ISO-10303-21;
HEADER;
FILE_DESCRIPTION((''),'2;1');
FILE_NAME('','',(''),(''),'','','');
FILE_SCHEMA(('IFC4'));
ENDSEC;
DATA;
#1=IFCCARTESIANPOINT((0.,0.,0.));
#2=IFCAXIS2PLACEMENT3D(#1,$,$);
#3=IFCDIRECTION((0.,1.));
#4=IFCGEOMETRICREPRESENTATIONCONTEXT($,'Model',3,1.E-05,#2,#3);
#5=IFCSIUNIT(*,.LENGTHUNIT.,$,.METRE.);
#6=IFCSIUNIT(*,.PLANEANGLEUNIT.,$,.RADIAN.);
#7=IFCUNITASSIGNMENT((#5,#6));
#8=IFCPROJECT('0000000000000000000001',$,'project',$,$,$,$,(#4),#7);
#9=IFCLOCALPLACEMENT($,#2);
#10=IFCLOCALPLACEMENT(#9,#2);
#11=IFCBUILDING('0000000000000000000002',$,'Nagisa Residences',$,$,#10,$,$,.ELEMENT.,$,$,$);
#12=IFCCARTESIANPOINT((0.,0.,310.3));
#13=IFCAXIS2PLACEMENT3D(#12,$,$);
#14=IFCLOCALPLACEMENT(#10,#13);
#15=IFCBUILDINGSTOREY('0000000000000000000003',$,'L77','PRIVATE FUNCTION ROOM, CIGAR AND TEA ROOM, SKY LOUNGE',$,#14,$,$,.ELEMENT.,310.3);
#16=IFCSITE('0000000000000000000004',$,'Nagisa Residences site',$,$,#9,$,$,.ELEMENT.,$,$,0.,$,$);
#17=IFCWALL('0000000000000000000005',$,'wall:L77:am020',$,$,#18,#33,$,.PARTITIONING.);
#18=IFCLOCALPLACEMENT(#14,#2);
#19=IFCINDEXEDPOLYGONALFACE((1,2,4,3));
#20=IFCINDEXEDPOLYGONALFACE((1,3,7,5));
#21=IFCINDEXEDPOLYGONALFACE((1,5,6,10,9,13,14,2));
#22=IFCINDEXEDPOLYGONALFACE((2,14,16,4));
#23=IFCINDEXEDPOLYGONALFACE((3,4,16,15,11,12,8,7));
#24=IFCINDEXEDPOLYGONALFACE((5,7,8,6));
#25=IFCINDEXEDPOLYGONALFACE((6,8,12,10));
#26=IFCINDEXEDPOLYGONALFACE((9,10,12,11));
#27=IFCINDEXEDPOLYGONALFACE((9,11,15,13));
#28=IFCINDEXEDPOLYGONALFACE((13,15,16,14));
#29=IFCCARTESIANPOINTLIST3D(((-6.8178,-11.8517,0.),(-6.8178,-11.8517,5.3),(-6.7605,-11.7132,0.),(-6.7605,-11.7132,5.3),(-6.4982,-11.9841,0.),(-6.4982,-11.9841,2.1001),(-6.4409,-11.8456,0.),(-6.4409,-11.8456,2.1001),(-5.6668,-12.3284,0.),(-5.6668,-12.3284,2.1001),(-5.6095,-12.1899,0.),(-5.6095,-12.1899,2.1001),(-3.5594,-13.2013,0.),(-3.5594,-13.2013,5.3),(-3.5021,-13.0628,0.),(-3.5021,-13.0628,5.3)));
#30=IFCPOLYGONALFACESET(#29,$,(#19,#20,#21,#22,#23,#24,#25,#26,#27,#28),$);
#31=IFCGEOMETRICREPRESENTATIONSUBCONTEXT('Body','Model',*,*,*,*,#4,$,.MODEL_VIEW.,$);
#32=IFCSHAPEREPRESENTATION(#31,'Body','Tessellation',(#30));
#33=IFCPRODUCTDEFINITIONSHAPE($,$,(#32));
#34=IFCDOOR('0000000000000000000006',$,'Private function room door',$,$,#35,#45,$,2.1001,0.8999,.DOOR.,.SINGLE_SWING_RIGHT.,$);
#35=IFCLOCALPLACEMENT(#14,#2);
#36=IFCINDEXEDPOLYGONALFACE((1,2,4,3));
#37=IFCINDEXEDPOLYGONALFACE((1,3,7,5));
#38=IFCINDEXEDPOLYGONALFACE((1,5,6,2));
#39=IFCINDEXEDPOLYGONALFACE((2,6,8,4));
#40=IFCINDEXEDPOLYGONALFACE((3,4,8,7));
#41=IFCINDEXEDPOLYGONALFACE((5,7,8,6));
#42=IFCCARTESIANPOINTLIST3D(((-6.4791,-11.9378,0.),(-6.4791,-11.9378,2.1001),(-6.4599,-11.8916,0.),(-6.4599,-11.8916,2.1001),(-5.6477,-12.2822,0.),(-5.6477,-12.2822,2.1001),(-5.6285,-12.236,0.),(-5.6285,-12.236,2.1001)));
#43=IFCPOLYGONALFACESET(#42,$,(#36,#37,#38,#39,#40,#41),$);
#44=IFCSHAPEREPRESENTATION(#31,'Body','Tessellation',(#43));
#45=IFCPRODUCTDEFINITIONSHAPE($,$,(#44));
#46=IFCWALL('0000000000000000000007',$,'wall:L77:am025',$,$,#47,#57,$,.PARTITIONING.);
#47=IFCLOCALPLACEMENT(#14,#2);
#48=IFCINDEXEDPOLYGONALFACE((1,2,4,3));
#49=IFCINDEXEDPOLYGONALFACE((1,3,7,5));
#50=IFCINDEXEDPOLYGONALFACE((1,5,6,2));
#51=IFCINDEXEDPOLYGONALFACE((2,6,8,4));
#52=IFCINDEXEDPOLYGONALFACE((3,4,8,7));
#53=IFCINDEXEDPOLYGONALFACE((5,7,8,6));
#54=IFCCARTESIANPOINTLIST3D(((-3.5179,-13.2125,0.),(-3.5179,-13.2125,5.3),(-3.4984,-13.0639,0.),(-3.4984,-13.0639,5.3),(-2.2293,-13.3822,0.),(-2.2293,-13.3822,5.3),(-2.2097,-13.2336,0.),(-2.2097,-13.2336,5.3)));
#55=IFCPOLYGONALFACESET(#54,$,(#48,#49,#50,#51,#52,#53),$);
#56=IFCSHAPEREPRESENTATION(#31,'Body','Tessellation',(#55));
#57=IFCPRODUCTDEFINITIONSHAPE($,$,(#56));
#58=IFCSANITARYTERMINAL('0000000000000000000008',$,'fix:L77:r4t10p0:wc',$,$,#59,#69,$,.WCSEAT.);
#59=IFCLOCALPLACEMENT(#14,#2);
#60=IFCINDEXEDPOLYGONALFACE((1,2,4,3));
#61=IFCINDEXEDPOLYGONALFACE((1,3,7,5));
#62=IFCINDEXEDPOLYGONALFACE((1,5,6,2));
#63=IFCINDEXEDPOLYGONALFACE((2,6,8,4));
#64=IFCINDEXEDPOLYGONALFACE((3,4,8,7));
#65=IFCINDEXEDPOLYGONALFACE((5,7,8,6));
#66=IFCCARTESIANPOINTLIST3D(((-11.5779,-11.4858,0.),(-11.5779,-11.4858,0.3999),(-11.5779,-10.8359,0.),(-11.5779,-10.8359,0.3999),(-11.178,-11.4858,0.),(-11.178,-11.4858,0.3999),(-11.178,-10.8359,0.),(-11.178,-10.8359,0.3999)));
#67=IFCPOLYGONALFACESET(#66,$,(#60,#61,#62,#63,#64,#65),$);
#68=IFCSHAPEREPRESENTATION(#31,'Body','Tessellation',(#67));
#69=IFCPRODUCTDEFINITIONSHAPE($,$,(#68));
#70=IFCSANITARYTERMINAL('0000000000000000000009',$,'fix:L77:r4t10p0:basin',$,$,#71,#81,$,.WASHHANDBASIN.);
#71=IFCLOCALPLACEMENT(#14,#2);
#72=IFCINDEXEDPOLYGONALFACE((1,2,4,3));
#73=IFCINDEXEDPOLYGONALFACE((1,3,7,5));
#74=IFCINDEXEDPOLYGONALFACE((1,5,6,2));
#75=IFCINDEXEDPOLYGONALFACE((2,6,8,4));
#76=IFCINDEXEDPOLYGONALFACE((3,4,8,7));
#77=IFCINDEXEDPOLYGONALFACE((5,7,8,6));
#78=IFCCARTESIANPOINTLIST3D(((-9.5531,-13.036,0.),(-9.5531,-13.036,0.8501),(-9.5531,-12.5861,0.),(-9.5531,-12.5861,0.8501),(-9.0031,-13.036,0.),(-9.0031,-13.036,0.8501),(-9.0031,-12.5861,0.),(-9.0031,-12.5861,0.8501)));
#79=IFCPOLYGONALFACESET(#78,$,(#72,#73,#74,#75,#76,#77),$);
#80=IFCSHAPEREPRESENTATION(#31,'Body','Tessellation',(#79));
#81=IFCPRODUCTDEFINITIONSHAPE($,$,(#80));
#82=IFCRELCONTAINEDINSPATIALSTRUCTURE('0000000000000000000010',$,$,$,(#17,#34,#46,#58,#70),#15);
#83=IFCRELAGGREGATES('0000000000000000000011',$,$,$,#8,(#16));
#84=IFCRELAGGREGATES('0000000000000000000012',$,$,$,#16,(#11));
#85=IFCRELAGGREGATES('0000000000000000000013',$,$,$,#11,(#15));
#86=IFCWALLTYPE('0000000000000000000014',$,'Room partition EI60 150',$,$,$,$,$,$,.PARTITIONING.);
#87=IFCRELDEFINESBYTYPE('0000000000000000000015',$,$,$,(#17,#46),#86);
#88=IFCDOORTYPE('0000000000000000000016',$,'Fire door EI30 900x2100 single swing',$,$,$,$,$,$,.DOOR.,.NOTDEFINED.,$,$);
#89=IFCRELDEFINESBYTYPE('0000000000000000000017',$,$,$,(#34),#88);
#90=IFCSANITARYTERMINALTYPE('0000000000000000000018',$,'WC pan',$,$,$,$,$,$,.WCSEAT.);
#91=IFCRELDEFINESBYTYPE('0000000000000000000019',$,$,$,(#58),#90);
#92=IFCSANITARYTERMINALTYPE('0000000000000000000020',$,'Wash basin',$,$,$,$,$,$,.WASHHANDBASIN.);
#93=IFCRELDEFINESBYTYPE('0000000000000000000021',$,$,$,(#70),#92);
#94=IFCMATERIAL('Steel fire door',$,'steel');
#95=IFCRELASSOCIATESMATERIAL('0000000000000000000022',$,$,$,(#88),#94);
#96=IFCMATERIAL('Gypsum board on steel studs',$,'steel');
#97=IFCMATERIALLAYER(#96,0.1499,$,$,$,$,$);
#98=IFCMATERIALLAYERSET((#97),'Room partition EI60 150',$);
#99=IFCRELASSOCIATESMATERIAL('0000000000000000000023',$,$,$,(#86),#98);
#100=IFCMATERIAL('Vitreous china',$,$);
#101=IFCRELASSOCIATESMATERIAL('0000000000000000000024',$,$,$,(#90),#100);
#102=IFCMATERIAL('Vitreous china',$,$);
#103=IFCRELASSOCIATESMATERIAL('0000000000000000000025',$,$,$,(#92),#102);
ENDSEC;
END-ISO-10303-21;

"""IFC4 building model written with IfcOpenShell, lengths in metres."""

from ifc_helpers import new_model, si_unit, direction, frame, frame_2d, origin, origin_2d, place, context, subcontext, project, spatial, rectangle, extrude, material, layer, layer_set, type_object, element, fill, save


model = new_model("IFC4")

# Units and contexts
model_context = context("Model", 3, precision=1e-05, world=origin(), true_north=direction((0.0, 1.0)))
body_context = subcontext(model_context, "Body", "Model", "MODEL_VIEW")
ifc_project = project(units=[si_unit("LENGTHUNIT", "METRE"), si_unit("PLANEANGLEUNIT", "RADIAN")], contexts=[model_context])

# Site, building, storey
site_placement = place(None, origin())
site = spatial("IfcSite", under=ifc_project, at=site_placement, Name="Nagisa Residences site", CompositionType="ELEMENT", RefElevation=0.0)
building_placement = place(site_placement, origin())
building = spatial("IfcBuilding", under=site, at=building_placement, Name="Nagisa Residences", CompositionType="ELEMENT")
storey_placement = place(building_placement, frame((0.0, 0.0, 310.3)))
storey = spatial("IfcBuildingStorey", under=building, at=storey_placement, Name="L77", Description="PRIVATE FUNCTION ROOM, CIGAR AND TEA ROOM, SKY LOUNGE", CompositionType="ELEMENT", Elevation=310.3)

# Shared definitions
ifc_material_1 = material(Name="Steel fire door", Category="steel")
door_type_1 = type_object("IfcDoorType", Name="Fire door EI30 900x2100 single swing", OperationType="NOTDEFINED", PredefinedType="DOOR", material=ifc_material_1)

# Shared definitions
ifc_material_2 = material(Name="Gypsum board on steel studs", Category="steel")
ifc_layer_1 = layer(ifc_material_2, 0.1499)
ifc_layer_set_1 = layer_set([ifc_layer_1], Name="Room partition EI60 150")
wall_type_1 = type_object("IfcWallType", Name="Room partition EI60 150", PredefinedType="PARTITIONING", material=ifc_layer_set_1)

# Wall, opening, door
wall_1_placement = place(storey_placement, frame((-3.5308, -13.1321, 0.0), z_axis=(0.0, 0.0, 1.0), x_axis=(-0.923882, 0.382678, 0.0)))
wall_1 = element("IfcWall", 1, at=wall_1_placement, inside=storey, type_object=wall_type_1, Name="wall:L77:am020", PredefinedType="PARTITIONING", context=body_context, shape_type="SweptSolid", body=[
    extrude(rectangle(XDim=3.5269, YDim=0.1499, at=frame_2d((1.7634, 0.0))), origin(), (0.0, 0.0, 1.0), 5.3),
])
opening_1_placement = place(wall_1_placement, frame((2.281, 0.0, 0.0)))
opening_1 = element("IfcOpeningElement", 2, at=opening_1_placement, cuts=wall_1, PredefinedType="OPENING", context=body_context, shape_type="SweptSolid", body=[
    extrude(rectangle(XDim=0.8999, YDim=2.1001, at=frame_2d((0.45, 1.05))), frame((0.0, 0.085, 0.0), z_axis=(0.0, -1.0, 0.0), x_axis=(1.0, 0.0, 0.0)), (0.0, 0.0, 1.0), 0.1699),
])
door_1_placement = place(opening_1_placement, origin())
door_1 = element("IfcDoor", 3, at=door_1_placement, inside=storey, type_object=door_type_1, Name="Private function room door", OperationType="SINGLE_SWING_RIGHT", OverallHeight=2.1001, OverallWidth=0.8999, PredefinedType="DOOR", context=body_context, shape_type="SweptSolid", body=[
    extrude(rectangle(XDim=0.8999, YDim=2.1001, at=frame_2d((0.45, 1.05))), frame((0.0, 0.0249, 0.0), z_axis=(0.0, -1.0, 0.0), x_axis=(1.0, 0.0, 0.0)), (0.0, 0.0, 1.0), 0.05),
])
fill(opening_1, door_1)

# Wall
wall_2_placement = place(storey_placement, frame((-2.2195, -13.3079, 0.0), z_axis=(0.0, 0.0, 1.0), x_axis=(-0.991442, 0.130552, 0.0)))
element("IfcWall", 4, at=wall_2_placement, inside=storey, type_object=wall_type_1, Name="wall:L77:am025", PredefinedType="PARTITIONING", context=body_context, shape_type="SweptSolid", body=[
    extrude(rectangle(XDim=1.2998, YDim=0.1499, at=frame_2d((0.6499, 0.0))), origin(), (0.0, 0.0, 1.0), 5.3),
])

# Sanitary terminals
ifc_material_3 = material(Name="Vitreous china")
sanitary_terminal_type_1 = type_object("IfcSanitaryTerminalType", Name="WC pan", PredefinedType="WCSEAT", material=ifc_material_3)
sanitary_terminal_1_placement = place(storey_placement, frame((-11.3779, -11.1609, 0.0), z_axis=(0.0, 0.0, 1.0), x_axis=(1.0, 0.0, 0.0)))
element("IfcSanitaryTerminal", 5, at=sanitary_terminal_1_placement, inside=storey, type_object=sanitary_terminal_type_1, Name="fix:L77:r4t10p0:wc", PredefinedType="WCSEAT", context=body_context, shape_type="SweptSolid", body=[
    extrude(rectangle(XDim=0.3999, YDim=0.6499, at=origin_2d()), origin(), (0.0, 0.0, 1.0), 0.3999),
])
ifc_material_4 = material(Name="Vitreous china")
sanitary_terminal_type_2 = type_object("IfcSanitaryTerminalType", Name="Wash basin", PredefinedType="WASHHANDBASIN", material=ifc_material_4)
sanitary_terminal_2_placement = place(storey_placement, frame((-9.2781, -12.811, 0.0), z_axis=(0.0, 0.0, 1.0), x_axis=(1.0, 0.0, 0.0)))
element("IfcSanitaryTerminal", 6, at=sanitary_terminal_2_placement, inside=storey, type_object=sanitary_terminal_type_2, Name="fix:L77:r4t10p0:basin", PredefinedType="WASHHANDBASIN", context=body_context, shape_type="SweptSolid", body=[
    extrude(rectangle(XDim=0.55, YDim=0.45, at=origin_2d()), origin(), (0.0, 0.0, 1.0), 0.8501),
])

save(model, "model.ifc")
